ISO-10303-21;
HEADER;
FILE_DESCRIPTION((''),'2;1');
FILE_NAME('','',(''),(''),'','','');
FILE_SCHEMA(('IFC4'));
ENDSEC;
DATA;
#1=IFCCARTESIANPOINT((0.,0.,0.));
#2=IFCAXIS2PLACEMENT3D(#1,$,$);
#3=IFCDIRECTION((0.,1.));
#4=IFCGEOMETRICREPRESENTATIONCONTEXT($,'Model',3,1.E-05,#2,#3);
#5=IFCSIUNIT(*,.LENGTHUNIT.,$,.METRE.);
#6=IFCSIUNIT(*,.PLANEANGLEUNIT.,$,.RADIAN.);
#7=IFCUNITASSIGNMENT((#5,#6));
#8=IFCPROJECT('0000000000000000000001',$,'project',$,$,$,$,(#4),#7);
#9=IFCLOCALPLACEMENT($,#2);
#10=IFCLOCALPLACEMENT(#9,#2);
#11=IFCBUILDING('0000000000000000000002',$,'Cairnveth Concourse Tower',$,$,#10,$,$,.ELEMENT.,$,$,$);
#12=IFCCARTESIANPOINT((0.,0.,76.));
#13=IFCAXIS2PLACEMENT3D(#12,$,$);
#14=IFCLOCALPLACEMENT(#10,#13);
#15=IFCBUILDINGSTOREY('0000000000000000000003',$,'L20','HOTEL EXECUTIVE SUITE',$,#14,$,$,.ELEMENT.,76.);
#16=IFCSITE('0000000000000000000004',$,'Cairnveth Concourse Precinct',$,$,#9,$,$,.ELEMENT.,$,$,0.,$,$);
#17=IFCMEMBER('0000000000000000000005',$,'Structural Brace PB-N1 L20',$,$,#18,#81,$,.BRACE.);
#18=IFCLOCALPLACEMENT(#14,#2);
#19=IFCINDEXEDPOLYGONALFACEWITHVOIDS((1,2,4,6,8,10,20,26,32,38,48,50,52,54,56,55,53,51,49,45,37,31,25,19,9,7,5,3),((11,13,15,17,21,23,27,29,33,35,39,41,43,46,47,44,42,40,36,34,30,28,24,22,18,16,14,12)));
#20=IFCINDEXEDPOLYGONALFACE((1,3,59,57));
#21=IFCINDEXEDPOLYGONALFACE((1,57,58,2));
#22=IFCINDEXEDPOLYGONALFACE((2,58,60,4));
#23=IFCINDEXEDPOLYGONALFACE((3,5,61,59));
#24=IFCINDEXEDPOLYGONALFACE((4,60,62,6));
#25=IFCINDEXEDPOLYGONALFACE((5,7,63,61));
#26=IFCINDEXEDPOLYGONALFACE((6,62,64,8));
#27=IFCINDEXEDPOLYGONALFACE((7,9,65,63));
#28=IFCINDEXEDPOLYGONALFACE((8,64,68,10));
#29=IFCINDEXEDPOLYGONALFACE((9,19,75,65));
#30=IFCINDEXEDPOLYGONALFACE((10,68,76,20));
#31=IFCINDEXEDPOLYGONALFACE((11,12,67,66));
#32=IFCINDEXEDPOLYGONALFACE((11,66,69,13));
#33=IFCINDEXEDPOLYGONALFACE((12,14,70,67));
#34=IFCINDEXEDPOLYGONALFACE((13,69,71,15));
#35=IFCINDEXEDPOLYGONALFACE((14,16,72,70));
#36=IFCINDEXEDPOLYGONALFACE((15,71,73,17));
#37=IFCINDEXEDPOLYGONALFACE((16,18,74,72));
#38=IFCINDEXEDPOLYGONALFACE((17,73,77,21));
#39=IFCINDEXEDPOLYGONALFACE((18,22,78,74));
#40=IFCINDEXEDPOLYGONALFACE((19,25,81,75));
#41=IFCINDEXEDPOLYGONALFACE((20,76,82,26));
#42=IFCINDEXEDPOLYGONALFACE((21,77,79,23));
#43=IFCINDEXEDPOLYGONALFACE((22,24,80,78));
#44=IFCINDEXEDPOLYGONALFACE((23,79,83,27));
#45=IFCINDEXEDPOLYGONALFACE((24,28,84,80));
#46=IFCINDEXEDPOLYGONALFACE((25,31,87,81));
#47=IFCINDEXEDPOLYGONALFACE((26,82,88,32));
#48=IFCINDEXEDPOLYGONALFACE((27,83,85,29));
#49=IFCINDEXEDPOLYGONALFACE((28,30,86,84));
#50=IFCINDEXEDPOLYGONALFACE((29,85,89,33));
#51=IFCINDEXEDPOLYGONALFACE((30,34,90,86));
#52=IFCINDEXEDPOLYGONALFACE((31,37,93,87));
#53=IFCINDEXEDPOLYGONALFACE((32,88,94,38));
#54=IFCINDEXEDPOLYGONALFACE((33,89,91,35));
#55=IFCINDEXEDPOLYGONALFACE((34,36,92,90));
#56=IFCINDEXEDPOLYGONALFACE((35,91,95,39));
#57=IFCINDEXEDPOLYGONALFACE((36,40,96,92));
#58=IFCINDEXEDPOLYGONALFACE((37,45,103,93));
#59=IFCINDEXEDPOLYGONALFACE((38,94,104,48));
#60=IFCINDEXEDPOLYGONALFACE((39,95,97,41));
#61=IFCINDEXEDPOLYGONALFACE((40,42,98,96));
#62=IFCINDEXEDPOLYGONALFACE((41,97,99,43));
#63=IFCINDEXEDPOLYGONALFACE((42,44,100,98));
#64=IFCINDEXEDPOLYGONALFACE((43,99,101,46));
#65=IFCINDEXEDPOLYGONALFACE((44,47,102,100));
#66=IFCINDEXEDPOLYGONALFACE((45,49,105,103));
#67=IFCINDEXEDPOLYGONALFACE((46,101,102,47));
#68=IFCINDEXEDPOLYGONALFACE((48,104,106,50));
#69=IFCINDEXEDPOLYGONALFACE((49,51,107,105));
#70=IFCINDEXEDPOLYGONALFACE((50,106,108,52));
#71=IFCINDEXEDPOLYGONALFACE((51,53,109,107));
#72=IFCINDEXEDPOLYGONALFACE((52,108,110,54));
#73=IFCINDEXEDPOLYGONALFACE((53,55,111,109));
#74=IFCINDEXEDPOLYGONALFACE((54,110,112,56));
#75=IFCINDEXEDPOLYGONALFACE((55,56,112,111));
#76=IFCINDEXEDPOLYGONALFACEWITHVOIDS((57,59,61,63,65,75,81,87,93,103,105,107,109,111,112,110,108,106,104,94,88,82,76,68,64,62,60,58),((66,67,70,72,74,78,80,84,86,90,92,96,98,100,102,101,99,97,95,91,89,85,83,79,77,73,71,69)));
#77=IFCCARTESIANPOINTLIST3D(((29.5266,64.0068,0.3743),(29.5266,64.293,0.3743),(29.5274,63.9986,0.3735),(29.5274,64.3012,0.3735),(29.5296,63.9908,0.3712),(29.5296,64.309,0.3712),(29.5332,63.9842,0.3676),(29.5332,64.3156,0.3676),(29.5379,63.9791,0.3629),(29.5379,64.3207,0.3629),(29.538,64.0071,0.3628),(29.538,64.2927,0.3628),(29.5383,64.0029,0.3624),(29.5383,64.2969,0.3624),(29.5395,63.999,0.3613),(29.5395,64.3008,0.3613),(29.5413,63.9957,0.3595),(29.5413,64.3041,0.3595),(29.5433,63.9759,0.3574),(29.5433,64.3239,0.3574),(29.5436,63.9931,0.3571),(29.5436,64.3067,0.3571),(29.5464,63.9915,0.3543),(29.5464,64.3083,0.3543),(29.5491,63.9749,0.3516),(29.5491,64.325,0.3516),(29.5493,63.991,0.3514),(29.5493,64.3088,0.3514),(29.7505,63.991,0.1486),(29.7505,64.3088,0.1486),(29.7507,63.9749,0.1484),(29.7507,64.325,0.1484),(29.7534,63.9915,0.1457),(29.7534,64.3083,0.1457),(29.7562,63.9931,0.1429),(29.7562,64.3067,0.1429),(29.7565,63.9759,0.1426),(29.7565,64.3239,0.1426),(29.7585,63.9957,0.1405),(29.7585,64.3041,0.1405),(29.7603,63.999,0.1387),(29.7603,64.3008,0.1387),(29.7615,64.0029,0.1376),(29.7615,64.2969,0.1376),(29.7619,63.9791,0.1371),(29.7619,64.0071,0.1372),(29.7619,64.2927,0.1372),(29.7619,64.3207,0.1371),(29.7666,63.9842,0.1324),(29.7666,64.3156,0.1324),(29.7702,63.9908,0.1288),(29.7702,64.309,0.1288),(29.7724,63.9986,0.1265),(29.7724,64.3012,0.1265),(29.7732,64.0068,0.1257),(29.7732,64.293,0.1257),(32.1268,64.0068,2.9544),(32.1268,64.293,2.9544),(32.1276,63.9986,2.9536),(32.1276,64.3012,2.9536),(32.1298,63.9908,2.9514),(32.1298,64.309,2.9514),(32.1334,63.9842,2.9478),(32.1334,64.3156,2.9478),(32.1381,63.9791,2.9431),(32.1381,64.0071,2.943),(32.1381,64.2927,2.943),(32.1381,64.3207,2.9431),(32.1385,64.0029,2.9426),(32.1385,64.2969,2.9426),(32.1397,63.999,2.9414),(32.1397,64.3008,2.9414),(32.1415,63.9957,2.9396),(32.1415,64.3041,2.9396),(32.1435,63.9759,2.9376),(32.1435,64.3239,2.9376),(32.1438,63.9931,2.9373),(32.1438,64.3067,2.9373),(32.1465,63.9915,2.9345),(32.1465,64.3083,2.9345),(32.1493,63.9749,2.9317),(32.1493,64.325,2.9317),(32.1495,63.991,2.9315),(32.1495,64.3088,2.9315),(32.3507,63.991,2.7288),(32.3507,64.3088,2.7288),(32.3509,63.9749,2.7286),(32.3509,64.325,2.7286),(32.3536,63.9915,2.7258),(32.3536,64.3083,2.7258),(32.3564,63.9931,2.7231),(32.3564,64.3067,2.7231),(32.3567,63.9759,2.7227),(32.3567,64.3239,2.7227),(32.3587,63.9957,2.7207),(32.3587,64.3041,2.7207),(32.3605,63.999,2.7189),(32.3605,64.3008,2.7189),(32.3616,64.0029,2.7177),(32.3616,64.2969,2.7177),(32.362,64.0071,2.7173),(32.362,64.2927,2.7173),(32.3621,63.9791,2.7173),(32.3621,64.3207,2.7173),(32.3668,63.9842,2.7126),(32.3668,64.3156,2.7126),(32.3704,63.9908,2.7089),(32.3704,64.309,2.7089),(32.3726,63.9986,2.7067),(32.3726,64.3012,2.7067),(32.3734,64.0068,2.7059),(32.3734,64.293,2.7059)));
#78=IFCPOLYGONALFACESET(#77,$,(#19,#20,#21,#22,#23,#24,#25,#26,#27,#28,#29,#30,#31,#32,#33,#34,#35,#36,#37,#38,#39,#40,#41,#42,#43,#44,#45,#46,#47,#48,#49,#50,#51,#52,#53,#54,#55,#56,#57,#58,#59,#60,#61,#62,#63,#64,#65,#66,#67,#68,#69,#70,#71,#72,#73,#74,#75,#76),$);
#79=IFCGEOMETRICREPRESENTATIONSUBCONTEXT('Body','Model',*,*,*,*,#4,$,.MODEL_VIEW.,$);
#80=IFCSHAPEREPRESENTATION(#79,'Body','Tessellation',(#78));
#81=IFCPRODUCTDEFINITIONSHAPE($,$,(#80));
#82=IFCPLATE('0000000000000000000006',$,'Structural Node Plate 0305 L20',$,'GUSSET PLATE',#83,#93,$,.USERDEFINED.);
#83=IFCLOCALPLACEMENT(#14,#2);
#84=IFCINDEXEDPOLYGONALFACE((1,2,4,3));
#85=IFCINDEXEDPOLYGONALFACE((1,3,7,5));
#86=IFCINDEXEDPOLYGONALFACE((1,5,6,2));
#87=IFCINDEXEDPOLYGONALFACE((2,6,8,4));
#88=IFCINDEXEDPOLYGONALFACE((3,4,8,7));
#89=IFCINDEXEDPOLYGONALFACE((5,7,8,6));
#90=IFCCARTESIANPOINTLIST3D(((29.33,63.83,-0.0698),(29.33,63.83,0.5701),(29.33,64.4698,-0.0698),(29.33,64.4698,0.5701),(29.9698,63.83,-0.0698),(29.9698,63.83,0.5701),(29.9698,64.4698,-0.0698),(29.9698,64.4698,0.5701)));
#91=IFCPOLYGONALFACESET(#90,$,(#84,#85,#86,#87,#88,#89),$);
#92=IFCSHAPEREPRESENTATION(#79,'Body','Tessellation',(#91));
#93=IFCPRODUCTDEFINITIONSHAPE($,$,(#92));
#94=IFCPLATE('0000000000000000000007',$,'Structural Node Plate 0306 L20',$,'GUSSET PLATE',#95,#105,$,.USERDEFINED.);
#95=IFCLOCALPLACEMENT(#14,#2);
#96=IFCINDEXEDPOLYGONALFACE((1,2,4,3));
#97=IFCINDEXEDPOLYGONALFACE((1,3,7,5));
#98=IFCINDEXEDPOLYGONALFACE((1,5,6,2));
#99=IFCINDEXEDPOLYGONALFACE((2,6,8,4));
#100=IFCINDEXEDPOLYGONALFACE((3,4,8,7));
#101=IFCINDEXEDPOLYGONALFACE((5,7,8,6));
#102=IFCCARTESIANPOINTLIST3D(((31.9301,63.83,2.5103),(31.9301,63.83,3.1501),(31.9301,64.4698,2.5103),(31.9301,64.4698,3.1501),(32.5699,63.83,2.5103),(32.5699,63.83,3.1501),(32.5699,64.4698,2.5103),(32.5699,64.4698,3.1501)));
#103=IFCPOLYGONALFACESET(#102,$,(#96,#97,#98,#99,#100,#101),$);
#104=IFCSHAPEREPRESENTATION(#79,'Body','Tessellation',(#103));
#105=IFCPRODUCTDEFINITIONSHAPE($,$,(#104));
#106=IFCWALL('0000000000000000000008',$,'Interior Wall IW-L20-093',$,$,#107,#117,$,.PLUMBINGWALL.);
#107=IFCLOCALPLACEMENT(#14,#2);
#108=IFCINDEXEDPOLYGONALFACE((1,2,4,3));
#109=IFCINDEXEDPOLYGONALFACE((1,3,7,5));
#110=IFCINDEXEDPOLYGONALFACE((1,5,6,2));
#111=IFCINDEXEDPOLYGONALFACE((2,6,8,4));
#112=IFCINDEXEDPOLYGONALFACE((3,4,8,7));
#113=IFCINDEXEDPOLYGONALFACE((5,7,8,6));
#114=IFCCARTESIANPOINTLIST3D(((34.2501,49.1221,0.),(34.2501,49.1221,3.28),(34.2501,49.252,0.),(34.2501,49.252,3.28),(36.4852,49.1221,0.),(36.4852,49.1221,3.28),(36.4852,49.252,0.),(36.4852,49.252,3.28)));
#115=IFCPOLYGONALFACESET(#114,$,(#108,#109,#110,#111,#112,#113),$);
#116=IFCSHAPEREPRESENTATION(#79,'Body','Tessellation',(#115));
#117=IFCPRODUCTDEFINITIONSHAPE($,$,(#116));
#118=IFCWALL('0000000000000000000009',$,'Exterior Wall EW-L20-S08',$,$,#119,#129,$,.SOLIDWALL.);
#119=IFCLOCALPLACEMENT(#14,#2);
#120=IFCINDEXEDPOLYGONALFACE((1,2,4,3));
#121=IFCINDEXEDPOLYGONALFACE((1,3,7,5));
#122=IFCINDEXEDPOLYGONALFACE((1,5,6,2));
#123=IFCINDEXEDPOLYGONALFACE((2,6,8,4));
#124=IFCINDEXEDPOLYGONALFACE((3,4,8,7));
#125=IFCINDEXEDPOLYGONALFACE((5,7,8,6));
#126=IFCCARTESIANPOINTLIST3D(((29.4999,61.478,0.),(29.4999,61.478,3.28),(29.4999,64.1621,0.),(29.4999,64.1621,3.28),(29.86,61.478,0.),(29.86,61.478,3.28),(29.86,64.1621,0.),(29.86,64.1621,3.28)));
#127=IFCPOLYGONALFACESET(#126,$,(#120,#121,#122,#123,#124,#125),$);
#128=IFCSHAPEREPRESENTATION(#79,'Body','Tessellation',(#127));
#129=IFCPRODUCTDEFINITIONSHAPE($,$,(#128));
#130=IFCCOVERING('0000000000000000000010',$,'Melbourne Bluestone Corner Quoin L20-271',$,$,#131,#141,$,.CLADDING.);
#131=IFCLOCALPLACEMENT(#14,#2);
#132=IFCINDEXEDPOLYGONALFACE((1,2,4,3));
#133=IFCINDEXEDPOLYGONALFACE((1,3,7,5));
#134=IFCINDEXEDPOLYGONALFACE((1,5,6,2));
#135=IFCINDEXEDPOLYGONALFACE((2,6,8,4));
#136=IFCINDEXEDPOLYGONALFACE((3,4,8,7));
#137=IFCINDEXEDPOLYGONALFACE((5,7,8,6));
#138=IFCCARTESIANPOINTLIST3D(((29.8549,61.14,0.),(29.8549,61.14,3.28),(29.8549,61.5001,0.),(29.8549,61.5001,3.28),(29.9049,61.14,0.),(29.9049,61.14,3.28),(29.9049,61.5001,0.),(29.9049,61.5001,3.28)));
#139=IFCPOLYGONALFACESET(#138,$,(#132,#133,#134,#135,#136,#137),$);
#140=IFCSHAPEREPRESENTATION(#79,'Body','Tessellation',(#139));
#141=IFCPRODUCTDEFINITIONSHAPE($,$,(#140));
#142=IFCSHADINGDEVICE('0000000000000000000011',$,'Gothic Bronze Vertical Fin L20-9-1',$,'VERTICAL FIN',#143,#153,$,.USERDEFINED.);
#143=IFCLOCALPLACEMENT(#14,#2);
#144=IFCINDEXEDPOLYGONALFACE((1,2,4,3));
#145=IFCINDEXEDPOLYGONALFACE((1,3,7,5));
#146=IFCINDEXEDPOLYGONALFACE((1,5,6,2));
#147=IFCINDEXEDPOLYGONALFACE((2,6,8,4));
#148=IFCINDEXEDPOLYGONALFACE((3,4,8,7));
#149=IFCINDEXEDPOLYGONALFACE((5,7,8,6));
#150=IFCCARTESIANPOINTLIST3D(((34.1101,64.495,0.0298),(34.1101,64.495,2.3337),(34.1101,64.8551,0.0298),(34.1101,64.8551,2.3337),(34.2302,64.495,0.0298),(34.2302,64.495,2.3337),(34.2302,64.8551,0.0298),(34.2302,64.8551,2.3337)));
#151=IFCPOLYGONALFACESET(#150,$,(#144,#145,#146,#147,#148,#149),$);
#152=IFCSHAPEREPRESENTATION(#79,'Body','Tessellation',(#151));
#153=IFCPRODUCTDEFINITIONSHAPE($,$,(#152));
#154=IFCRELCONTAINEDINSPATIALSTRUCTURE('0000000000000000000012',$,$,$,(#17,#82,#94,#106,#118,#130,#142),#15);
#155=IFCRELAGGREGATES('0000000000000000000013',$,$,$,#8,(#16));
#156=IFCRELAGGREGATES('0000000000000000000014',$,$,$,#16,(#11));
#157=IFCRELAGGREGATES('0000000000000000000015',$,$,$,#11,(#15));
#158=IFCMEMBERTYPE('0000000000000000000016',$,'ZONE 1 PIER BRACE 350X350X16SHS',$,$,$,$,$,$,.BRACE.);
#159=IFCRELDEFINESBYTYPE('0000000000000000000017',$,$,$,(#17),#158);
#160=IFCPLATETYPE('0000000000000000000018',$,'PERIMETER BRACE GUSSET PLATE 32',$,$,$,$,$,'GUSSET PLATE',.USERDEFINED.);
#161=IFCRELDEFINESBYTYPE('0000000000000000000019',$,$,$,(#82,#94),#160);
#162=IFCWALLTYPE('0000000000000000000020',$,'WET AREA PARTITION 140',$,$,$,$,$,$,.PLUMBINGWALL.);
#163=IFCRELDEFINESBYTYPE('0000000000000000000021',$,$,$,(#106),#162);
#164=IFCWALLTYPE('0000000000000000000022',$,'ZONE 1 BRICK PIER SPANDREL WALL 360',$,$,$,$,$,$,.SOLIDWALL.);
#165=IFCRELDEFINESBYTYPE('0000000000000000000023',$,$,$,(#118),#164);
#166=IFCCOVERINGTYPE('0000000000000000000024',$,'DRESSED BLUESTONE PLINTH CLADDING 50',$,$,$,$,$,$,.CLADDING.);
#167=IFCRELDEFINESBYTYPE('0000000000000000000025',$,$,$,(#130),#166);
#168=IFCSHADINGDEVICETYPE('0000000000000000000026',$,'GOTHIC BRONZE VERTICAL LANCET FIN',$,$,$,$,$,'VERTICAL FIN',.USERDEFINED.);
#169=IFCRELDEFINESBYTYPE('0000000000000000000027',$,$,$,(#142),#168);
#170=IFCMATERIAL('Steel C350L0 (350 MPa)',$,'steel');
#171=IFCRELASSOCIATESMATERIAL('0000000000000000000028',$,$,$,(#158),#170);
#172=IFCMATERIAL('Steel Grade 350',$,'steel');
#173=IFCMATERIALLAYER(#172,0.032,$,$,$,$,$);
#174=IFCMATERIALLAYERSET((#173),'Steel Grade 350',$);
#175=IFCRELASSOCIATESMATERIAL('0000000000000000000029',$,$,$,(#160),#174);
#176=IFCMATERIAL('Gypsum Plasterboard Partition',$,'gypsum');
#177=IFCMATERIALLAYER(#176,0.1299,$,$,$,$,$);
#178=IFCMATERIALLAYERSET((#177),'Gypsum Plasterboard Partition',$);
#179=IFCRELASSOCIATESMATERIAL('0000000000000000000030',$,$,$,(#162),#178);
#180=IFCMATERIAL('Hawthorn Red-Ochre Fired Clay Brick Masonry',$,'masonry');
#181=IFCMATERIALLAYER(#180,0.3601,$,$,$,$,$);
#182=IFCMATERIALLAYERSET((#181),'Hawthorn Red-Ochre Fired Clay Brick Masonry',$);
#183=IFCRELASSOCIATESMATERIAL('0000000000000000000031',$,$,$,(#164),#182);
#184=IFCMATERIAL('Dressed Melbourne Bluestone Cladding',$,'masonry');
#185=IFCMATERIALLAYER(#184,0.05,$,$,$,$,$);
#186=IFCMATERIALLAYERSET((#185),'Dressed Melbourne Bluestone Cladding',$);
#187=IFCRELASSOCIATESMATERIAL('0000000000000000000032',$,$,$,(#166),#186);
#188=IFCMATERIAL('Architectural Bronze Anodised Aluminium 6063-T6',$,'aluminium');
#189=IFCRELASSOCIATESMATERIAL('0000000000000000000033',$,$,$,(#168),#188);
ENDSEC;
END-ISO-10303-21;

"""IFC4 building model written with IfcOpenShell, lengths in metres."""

from ifc_helpers import new_model, si_unit, direction, frame, frame_2d, origin, origin_2d, place, context, subcontext, project, spatial, rectangle, hollow_rectangle, extrude, material, layer, layer_set, material_profile, profile_set, type_object, element, save


model = new_model("IFC4")

# Units and contexts
model_context = context("Model", 3, precision=1e-05, world=origin(), true_north=direction((0.0, 1.0)))
body_context = subcontext(model_context, "Body", "Model", "MODEL_VIEW")
ifc_project = project(units=[si_unit("LENGTHUNIT", "METRE"), si_unit("PLANEANGLEUNIT", "RADIAN")], contexts=[model_context])

# Site, building, storey
site_placement = place(None, origin())
site = spatial("IfcSite", under=ifc_project, at=site_placement, Name="Cairnveth Concourse Precinct", CompositionType="ELEMENT", RefElevation=0.0)
building_placement = place(site_placement, origin())
building = spatial("IfcBuilding", under=site, at=building_placement, Name="Cairnveth Concourse Tower", CompositionType="ELEMENT")
storey_placement = place(building_placement, frame((0.0, 0.0, 76.0)))
storey = spatial("IfcBuildingStorey", under=building, at=storey_placement, Name="L20", Description="HOTEL EXECUTIVE SUITE", CompositionType="ELEMENT", Elevation=76.0)

# Member
ifc_material_1 = material(Name="Steel C350L0 (350 MPa)", Category="steel")
ifc_material_profile = material_profile(ifc_material_1, hollow_rectangle(XDim=0.3501, YDim=0.3501, WallThickness=0.0161, InnerFilletRadius=0.0161, OuterFilletRadius=0.032, at=origin_2d()), Name="350x350x16.0SHS")
ifc_profile_set = profile_set([ifc_material_profile], Name="Steel C350L0 (350 MPa)")
member_type = type_object("IfcMemberType", Name="ZONE 1 PIER BRACE 350X350X16SHS", PredefinedType="BRACE", material=ifc_profile_set)
member_placement = place(storey_placement, frame((29.6499, 64.1499, 0.25), z_axis=(0.709834, 0.0, 0.704369), x_axis=(0.0, 1.0, 0.0)))
element("IfcMember", 1, at=member_placement, inside=storey, type_object=member_type, Name="Structural Brace PB-N1 L20", PredefinedType="BRACE", context=body_context, shape_type="SweptSolid", body=[
    extrude(hollow_rectangle(XDim=0.3501, YDim=0.3501, WallThickness=0.0161, InnerFilletRadius=0.0161, OuterFilletRadius=0.032, at=origin_2d()), origin(), (0.0, 0.0, 1.0), 3.6631),
])

# Plates
ifc_material_2 = material(Name="Steel Grade 350", Category="steel")
ifc_layer_1 = layer(ifc_material_2, 0.032)
ifc_layer_set_1 = layer_set([ifc_layer_1], Name="Steel Grade 350")
plate_type = type_object("IfcPlateType", Name="PERIMETER BRACE GUSSET PLATE 32", ElementType="GUSSET PLATE", PredefinedType="USERDEFINED", material=ifc_layer_set_1)
for number, where, z_axis, x_axis, name in (
    (2, (29.6499, 64.1499, -0.0698), (0.0, 0.0, 1.0), (1.0, 0.0, 0.0), "Structural Node Plate 0305 L20"),
    (3, (32.25, 64.1499, 2.5103), (0.0, 0.0, 1.0), (1.0, 0.0, 0.0), "Structural Node Plate 0306 L20"),
):
    element("IfcPlate", number, at=place(storey_placement, frame(where, z_axis=z_axis, x_axis=x_axis)), inside=storey, type_object=plate_type, Name=name, ObjectType="GUSSET PLATE", PredefinedType="USERDEFINED", context=body_context, shape_type="SweptSolid", body=[
        extrude(rectangle(XDim=0.6399, YDim=0.6399, at=origin_2d()), origin(), (0.0, 0.0, 1.0), 0.6399),
    ])

# Walls
ifc_material_3 = material(Name="Gypsum Plasterboard Partition", Category="gypsum")
ifc_layer_2 = layer(ifc_material_3, 0.1299)
ifc_layer_set_2 = layer_set([ifc_layer_2], Name="Gypsum Plasterboard Partition")
wall_type_1 = type_object("IfcWallType", Name="WET AREA PARTITION 140", PredefinedType="PLUMBINGWALL", material=ifc_layer_set_2)
wall_1_placement = place(storey_placement, frame((34.25, 49.187, 0.0), z_axis=(0.0, 0.0, 1.0), x_axis=(1.0, 0.0, 0.0)))
element("IfcWall", 4, at=wall_1_placement, inside=storey, type_object=wall_type_1, Name="Interior Wall IW-L20-093", PredefinedType="PLUMBINGWALL", context=body_context, shape_type="SweptSolid", body=[
    extrude(rectangle(XDim=2.2351, YDim=0.1299, at=frame_2d((1.1177, 0.0))), origin(), (0.0, 0.0, 1.0), 3.28),
])
ifc_material_4 = material(Name="Hawthorn Red-Ochre Fired Clay Brick Masonry", Category="masonry")
ifc_layer_3 = layer(ifc_material_4, 0.3601)
ifc_layer_set_3 = layer_set([ifc_layer_3], Name="Hawthorn Red-Ochre Fired Clay Brick Masonry")
wall_type_2 = type_object("IfcWallType", Name="ZONE 1 BRICK PIER SPANDREL WALL 360", PredefinedType="SOLIDWALL", material=ifc_layer_set_3)
wall_2_placement = place(storey_placement, frame((29.6799, 61.478, 0.0), z_axis=(0.0, 0.0, 1.0), x_axis=(0.0, 1.0, 0.0)))
element("IfcWall", 5, at=wall_2_placement, inside=storey, type_object=wall_type_2, Name="Exterior Wall EW-L20-S08", PredefinedType="SOLIDWALL", context=body_context, shape_type="SweptSolid", body=[
    extrude(rectangle(XDim=2.6841, YDim=0.3601, at=frame_2d((1.342, 0.0))), origin(), (0.0, 0.0, 1.0), 3.28),
])

# Covering
ifc_material_5 = material(Name="Dressed Melbourne Bluestone Cladding", Category="masonry")
ifc_layer_4 = layer(ifc_material_5, 0.05)
ifc_layer_set_4 = layer_set([ifc_layer_4], Name="Dressed Melbourne Bluestone Cladding")
covering_type = type_object("IfcCoveringType", Name="DRESSED BLUESTONE PLINTH CLADDING 50", PredefinedType="CLADDING", material=ifc_layer_set_4)
covering_placement = place(storey_placement, frame((29.8799, 61.1399, 0.0), z_axis=(0.0, 0.0, 1.0), x_axis=(0.0, 1.0, 0.0)))
element("IfcCovering", 6, at=covering_placement, inside=storey, type_object=covering_type, Name="Melbourne Bluestone Corner Quoin L20-271", PredefinedType="CLADDING", context=body_context, shape_type="SweptSolid", body=[
    extrude(rectangle(XDim=0.3601, YDim=0.05, at=frame_2d((0.1802, 0.0))), origin(), (0.0, 0.0, 1.0), 3.28),
])

# Shading device
ifc_material_6 = material(Name="Architectural Bronze Anodised Aluminium 6063-T6", Category="aluminium")
shading_device_type = type_object("IfcShadingDeviceType", Name="GOTHIC BRONZE VERTICAL LANCET FIN", ElementType="VERTICAL FIN", PredefinedType="USERDEFINED", material=ifc_material_6)
shading_device_placement = place(storey_placement, frame((34.1702, 64.675, 0.0298), z_axis=(0.0, 0.0, 1.0), x_axis=(1.0, 0.0, 0.0)))
element("IfcShadingDevice", 7, at=shading_device_placement, inside=storey, type_object=shading_device_type, Name="Gothic Bronze Vertical Fin L20-9-1", ObjectType="VERTICAL FIN", PredefinedType="USERDEFINED", context=body_context, shape_type="SweptSolid", body=[
    extrude(rectangle(XDim=0.1201, YDim=0.3601, at=origin_2d()), origin(), (0.0, 0.0, 1.0), 2.304),
])

save(model, "model.ifc")
